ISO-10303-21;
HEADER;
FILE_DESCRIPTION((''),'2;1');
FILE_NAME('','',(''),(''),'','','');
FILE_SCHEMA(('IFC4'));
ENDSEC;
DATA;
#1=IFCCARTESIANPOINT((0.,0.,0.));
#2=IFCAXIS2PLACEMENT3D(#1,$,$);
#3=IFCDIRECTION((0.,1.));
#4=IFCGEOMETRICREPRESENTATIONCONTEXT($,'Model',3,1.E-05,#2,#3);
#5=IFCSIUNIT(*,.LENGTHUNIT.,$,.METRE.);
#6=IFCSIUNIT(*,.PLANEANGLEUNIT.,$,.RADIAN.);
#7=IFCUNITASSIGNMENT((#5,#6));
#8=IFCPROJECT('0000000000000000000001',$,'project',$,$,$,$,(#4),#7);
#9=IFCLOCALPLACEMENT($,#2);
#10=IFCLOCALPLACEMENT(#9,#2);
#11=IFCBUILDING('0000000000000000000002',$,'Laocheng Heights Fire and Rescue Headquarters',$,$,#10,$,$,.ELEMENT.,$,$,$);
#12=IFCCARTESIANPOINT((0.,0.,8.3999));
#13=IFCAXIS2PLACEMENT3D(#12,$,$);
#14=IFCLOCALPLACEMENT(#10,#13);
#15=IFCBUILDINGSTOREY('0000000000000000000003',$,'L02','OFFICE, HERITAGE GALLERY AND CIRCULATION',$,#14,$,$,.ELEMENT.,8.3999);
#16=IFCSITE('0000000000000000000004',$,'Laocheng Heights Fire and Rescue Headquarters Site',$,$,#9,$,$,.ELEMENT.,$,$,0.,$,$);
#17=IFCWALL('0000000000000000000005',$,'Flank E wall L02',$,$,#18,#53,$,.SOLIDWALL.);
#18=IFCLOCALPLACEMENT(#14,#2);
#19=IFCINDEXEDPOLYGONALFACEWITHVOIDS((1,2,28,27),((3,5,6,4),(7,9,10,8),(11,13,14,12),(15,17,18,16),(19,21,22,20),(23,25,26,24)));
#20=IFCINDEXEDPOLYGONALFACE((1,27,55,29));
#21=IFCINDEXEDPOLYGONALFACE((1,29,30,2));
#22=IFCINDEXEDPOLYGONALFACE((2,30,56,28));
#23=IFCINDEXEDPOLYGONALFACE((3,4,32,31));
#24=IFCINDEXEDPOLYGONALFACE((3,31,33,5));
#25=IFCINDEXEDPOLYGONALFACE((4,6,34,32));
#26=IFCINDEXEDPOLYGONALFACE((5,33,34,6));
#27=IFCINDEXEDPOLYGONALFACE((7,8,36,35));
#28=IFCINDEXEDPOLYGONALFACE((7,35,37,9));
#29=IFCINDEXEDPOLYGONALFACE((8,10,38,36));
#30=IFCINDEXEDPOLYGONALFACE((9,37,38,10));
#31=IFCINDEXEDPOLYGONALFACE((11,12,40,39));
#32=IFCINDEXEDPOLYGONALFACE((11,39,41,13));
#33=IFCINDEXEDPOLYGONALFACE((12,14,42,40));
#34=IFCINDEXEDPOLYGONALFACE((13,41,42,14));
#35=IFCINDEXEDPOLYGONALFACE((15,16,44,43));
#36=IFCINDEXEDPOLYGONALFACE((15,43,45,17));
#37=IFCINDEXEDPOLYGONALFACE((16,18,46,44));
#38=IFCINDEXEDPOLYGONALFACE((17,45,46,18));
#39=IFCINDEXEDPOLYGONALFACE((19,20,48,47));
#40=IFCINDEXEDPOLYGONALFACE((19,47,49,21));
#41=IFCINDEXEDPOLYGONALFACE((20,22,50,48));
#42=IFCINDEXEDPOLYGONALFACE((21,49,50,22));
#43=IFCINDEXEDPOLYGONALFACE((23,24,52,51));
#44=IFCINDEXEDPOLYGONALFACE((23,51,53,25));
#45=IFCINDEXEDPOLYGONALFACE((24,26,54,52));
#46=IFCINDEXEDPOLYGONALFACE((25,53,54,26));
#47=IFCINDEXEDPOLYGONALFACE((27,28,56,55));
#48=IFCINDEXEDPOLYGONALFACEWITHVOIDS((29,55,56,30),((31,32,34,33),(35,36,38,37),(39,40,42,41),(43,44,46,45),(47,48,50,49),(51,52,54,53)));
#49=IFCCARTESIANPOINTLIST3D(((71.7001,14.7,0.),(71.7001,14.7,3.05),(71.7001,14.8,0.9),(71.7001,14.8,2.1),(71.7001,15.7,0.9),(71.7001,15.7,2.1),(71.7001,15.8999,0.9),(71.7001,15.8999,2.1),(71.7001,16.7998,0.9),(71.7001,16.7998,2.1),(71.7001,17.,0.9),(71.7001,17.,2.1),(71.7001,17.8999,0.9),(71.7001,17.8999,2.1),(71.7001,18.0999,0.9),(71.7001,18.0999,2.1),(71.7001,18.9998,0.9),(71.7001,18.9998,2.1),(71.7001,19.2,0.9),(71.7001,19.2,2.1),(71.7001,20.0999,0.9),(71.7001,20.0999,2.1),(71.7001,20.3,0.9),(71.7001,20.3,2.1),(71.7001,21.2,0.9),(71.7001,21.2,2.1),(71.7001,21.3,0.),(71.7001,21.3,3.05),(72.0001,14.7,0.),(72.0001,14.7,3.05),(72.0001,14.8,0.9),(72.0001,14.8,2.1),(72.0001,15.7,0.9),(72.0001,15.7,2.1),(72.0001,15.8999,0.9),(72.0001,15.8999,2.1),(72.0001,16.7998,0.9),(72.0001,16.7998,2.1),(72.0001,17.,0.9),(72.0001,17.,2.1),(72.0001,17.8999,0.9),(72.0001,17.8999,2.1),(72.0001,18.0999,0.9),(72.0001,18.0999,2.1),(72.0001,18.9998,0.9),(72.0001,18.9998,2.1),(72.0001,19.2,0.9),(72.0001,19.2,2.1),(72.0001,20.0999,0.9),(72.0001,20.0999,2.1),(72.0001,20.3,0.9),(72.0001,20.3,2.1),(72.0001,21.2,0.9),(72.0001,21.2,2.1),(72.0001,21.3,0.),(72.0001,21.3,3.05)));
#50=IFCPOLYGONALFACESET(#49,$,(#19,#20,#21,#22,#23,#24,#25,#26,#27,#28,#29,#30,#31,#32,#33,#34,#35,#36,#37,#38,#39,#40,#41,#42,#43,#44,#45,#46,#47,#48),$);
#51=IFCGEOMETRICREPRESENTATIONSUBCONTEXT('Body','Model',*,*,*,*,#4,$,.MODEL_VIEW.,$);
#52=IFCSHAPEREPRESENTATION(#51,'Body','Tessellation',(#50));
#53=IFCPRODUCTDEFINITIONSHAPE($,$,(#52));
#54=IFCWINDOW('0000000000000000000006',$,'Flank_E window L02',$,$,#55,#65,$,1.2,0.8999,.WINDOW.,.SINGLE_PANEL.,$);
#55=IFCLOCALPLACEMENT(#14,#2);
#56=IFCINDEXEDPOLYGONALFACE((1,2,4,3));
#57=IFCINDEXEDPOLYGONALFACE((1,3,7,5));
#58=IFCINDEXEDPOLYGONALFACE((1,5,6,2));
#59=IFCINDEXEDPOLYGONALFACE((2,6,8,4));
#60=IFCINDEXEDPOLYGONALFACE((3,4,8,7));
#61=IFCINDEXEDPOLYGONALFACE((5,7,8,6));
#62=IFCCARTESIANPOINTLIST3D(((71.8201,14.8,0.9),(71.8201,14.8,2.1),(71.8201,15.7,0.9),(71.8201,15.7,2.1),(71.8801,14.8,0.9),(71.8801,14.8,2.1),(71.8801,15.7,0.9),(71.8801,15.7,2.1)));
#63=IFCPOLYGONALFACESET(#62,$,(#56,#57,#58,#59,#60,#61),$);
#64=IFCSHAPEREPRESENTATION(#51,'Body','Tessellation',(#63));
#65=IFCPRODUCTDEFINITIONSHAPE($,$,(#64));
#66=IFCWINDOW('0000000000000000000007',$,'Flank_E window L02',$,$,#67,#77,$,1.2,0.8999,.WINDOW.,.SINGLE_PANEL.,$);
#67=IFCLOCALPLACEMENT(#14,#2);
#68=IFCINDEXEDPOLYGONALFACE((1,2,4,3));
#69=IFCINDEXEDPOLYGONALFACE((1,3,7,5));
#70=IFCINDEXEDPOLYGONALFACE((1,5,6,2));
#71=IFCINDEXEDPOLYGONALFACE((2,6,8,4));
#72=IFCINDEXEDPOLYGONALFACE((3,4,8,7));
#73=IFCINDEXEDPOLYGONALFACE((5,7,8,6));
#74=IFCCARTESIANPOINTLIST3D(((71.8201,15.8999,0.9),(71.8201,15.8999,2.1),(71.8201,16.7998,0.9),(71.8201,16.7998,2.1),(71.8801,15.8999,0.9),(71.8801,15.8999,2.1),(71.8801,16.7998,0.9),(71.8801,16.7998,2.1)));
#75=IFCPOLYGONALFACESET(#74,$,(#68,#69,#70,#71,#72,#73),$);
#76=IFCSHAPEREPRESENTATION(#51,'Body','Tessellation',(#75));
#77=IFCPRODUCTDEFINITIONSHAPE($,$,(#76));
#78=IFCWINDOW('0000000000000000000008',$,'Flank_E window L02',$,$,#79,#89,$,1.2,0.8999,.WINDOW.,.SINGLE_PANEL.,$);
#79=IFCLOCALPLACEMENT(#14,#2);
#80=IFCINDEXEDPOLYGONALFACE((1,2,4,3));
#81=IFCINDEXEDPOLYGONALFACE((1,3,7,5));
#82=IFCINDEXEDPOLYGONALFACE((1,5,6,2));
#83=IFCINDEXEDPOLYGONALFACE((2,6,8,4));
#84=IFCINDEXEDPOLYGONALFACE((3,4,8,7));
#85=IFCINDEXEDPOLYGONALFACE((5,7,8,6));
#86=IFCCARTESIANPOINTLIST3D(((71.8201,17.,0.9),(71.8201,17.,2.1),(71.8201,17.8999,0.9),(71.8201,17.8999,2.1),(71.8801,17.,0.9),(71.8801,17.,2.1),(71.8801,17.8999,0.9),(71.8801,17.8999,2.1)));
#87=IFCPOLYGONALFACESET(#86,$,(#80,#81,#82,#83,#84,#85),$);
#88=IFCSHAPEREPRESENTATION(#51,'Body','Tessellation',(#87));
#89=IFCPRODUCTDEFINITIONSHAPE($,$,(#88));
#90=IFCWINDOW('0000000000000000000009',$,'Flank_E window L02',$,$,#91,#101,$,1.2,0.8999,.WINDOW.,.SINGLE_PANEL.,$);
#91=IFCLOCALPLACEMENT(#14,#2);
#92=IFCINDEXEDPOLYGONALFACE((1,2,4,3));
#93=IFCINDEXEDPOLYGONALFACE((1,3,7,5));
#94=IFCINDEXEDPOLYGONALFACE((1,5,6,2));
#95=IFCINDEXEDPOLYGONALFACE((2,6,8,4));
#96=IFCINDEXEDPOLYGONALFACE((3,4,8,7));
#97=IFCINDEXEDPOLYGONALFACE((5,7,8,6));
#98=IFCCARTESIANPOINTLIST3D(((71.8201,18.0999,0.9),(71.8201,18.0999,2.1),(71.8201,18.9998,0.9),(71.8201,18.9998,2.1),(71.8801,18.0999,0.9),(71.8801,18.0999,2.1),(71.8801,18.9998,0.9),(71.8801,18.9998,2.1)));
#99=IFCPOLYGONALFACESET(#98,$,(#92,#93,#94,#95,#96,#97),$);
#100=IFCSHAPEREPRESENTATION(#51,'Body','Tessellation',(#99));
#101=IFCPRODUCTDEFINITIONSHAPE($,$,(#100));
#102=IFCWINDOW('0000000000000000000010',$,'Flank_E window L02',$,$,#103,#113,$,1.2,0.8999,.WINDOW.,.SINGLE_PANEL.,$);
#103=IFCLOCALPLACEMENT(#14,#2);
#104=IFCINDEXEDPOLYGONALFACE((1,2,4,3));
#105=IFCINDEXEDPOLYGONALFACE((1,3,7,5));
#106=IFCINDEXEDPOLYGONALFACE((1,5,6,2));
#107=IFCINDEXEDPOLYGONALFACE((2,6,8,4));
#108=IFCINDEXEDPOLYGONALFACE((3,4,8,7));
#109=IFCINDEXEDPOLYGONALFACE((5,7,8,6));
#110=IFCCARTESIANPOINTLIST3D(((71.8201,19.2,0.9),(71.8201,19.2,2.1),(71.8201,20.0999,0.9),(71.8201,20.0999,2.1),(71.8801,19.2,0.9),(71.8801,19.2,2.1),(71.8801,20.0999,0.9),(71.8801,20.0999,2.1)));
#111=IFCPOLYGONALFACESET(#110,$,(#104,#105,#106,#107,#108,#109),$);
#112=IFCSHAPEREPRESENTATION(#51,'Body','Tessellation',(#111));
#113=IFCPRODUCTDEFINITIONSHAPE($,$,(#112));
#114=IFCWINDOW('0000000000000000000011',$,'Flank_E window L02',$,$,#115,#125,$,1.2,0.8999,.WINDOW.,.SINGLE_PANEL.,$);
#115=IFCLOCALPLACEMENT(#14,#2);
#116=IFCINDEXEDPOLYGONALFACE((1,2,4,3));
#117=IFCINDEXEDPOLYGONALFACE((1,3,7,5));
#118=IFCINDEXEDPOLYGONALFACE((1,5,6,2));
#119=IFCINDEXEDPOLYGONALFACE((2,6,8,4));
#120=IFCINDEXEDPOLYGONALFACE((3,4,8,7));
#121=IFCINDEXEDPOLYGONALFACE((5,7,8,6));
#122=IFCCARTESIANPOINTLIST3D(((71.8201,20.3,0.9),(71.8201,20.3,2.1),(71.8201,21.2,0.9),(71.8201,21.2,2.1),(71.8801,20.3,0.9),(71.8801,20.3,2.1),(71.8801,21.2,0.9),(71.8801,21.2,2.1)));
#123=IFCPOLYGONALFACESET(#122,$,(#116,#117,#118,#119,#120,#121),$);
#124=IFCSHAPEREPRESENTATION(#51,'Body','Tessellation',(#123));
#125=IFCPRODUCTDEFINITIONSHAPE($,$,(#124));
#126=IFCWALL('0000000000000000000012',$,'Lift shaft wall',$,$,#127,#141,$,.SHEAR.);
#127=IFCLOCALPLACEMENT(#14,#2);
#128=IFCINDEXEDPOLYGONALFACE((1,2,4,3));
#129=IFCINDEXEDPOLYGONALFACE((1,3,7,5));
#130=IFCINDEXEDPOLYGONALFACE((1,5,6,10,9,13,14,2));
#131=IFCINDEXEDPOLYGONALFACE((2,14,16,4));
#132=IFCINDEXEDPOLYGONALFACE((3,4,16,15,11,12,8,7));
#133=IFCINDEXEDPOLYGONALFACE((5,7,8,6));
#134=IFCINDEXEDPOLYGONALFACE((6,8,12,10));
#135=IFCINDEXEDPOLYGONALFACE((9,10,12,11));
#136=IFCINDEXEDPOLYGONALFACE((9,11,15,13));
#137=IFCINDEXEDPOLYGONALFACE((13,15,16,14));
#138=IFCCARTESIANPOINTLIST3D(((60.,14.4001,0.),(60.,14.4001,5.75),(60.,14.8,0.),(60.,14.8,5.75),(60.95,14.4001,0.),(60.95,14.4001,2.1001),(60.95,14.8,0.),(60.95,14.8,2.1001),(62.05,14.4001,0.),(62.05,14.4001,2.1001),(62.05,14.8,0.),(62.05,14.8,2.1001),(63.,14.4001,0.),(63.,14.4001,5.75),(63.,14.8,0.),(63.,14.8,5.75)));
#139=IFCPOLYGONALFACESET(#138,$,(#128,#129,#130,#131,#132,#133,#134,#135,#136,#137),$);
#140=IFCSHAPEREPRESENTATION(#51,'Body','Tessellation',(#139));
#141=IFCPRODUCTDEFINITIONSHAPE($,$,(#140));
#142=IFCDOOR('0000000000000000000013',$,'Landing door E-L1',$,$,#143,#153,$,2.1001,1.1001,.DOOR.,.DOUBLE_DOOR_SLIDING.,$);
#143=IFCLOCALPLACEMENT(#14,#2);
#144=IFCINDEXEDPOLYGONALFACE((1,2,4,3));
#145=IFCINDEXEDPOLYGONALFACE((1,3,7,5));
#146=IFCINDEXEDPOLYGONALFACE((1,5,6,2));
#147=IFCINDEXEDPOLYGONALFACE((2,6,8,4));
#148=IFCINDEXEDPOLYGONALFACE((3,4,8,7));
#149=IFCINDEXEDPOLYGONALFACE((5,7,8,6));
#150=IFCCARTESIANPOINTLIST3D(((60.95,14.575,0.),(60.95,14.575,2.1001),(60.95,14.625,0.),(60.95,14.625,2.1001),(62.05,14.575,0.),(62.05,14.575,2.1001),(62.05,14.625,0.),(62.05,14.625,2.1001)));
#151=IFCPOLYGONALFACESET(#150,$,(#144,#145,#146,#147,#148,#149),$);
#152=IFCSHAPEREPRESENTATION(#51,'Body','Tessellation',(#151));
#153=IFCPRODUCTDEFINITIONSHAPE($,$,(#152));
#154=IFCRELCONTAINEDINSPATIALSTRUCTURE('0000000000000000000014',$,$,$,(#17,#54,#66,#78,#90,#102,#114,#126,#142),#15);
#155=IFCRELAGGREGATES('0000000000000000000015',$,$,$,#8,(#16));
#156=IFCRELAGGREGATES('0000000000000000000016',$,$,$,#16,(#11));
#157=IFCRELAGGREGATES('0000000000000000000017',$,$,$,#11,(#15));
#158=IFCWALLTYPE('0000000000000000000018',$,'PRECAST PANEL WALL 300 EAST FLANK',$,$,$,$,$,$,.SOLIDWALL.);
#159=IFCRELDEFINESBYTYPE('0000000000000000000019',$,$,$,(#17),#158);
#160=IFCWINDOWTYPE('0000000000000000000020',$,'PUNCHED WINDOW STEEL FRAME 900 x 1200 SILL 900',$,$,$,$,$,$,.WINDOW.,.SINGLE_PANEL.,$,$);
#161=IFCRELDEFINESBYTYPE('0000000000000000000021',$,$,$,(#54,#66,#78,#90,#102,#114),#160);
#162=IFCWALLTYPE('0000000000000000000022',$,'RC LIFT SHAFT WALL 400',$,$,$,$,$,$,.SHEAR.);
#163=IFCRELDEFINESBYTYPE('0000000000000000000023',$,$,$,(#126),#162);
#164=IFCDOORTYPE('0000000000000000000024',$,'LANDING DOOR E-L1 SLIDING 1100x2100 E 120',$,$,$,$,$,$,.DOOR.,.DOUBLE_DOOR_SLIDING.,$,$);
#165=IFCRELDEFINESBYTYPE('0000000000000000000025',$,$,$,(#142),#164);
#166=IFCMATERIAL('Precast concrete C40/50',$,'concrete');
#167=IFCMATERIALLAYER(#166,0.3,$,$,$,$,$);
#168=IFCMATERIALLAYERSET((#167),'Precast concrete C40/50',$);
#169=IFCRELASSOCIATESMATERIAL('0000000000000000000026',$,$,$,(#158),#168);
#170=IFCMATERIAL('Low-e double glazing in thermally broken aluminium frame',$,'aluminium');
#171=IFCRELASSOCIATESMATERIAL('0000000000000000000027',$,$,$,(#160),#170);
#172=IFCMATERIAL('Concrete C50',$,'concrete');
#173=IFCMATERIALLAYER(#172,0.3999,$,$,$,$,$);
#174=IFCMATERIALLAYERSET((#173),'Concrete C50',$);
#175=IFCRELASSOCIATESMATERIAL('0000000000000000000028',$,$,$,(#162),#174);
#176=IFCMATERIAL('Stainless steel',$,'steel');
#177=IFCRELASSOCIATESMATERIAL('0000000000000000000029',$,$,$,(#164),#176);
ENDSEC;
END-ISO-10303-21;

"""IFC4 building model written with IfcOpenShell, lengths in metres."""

from ifc_helpers import new_model, si_unit, direction, frame, frame_2d, origin, place, context, subcontext, project, spatial, rectangle, extrude, material, layer, layer_set, type_object, element, fill, save


model = new_model("IFC4")

# Units and contexts
model_context = context("Model", 3, precision=1e-05, world=origin(), true_north=direction((0.0, 1.0)))
body_context = subcontext(model_context, "Body", "Model", "MODEL_VIEW")
ifc_project = project(units=[si_unit("LENGTHUNIT", "METRE"), si_unit("PLANEANGLEUNIT", "RADIAN")], contexts=[model_context])

# Site, building, storey
site_placement = place(None, origin())
site = spatial("IfcSite", under=ifc_project, at=site_placement, Name="Laocheng Heights Fire and Rescue Headquarters Site", CompositionType="ELEMENT", RefElevation=0.0)
building_placement = place(site_placement, origin())
building = spatial("IfcBuilding", under=site, at=building_placement, Name="Laocheng Heights Fire and Rescue Headquarters", CompositionType="ELEMENT")
storey_placement = place(building_placement, frame((0.0, 0.0, 8.3999)))
storey = spatial("IfcBuildingStorey", under=building, at=storey_placement, Name="L02", Description="OFFICE, HERITAGE GALLERY AND CIRCULATION", CompositionType="ELEMENT", Elevation=8.3999)

# Wall, openings, windows
ifc_material_1 = material(Name="Precast concrete C40/50", Category="concrete")
ifc_layer_1 = layer(ifc_material_1, 0.3)
ifc_layer_set_1 = layer_set([ifc_layer_1], Name="Precast concrete C40/50")
wall_type_1 = type_object("IfcWallType", Name="PRECAST PANEL WALL 300 EAST FLANK", PredefinedType="SOLIDWALL", material=ifc_layer_set_1)
wall_1_placement = place(storey_placement, frame((71.8501, 14.7, 0.0), z_axis=(0.0, 0.0, 1.0), x_axis=(0.0, 1.0, 0.0)))
wall_1 = element("IfcWall", 1, at=wall_1_placement, inside=storey, type_object=wall_type_1, Name="Flank E wall L02", PredefinedType="SOLIDWALL", context=body_context, shape_type="SweptSolid", body=[
    extrude(rectangle(XDim=6.6001, YDim=0.3, at=frame_2d((3.3, 0.0))), origin(), (0.0, 0.0, 1.0), 3.05),
])
opening_1_placement = place(wall_1_placement, frame((0.1001, 0.0, 0.8999)))
opening_1 = element("IfcOpeningElement", 2, at=opening_1_placement, cuts=wall_1, PredefinedType="OPENING", context=body_context, shape_type="SweptSolid", body=[
    extrude(rectangle(XDim=0.8999, YDim=1.2, at=frame_2d((0.45, 0.6001))), frame((0.0, 0.1599, 0.0), z_axis=(0.0, -1.0, 0.0), x_axis=(1.0, 0.0, 0.0)), (0.0, 0.0, 1.0), 0.3201),
])
opening_2_placement = place(wall_1_placement, frame((1.2, 0.0, 0.8999)))
opening_2 = element("IfcOpeningElement", 3, at=opening_2_placement, cuts=wall_1, PredefinedType="OPENING", context=body_context, shape_type="SweptSolid", body=[
    extrude(rectangle(XDim=0.8999, YDim=1.2, at=frame_2d((0.45, 0.6001))), frame((0.0, 0.1599, 0.0), z_axis=(0.0, -1.0, 0.0), x_axis=(1.0, 0.0, 0.0)), (0.0, 0.0, 1.0), 0.3201),
])
opening_3_placement = place(wall_1_placement, frame((2.3, 0.0, 0.8999)))
opening_3 = element("IfcOpeningElement", 4, at=opening_3_placement, cuts=wall_1, PredefinedType="OPENING", context=body_context, shape_type="SweptSolid", body=[
    extrude(rectangle(XDim=0.8999, YDim=1.2, at=frame_2d((0.45, 0.6001))), frame((0.0, 0.1599, 0.0), z_axis=(0.0, -1.0, 0.0), x_axis=(1.0, 0.0, 0.0)), (0.0, 0.0, 1.0), 0.3201),
])
opening_4_placement = place(wall_1_placement, frame((3.3999, 0.0, 0.8999)))
opening_4 = element("IfcOpeningElement", 5, at=opening_4_placement, cuts=wall_1, PredefinedType="OPENING", context=body_context, shape_type="SweptSolid", body=[
    extrude(rectangle(XDim=0.8999, YDim=1.2, at=frame_2d((0.45, 0.6001))), frame((0.0, 0.1599, 0.0), z_axis=(0.0, -1.0, 0.0), x_axis=(1.0, 0.0, 0.0)), (0.0, 0.0, 1.0), 0.3201),
])
opening_5_placement = place(wall_1_placement, frame((4.5, 0.0, 0.8999)))
opening_5 = element("IfcOpeningElement", 6, at=opening_5_placement, cuts=wall_1, PredefinedType="OPENING", context=body_context, shape_type="SweptSolid", body=[
    extrude(rectangle(XDim=0.8999, YDim=1.2, at=frame_2d((0.45, 0.6001))), frame((0.0, 0.1599, 0.0), z_axis=(0.0, -1.0, 0.0), x_axis=(1.0, 0.0, 0.0)), (0.0, 0.0, 1.0), 0.3201),
])
opening_6_placement = place(wall_1_placement, frame((5.6001, 0.0, 0.8999)))
opening_6 = element("IfcOpeningElement", 7, at=opening_6_placement, cuts=wall_1, PredefinedType="OPENING", context=body_context, shape_type="SweptSolid", body=[
    extrude(rectangle(XDim=0.8999, YDim=1.2, at=frame_2d((0.45, 0.6001))), frame((0.0, 0.1599, 0.0), z_axis=(0.0, -1.0, 0.0), x_axis=(1.0, 0.0, 0.0)), (0.0, 0.0, 1.0), 0.3201),
])
ifc_material_2 = material(Name="Low-e double glazing in thermally broken aluminium frame", Category="aluminium")
window_type = type_object("IfcWindowType", Name="PUNCHED WINDOW STEEL FRAME 900 x 1200 SILL 900", PartitioningType="SINGLE_PANEL", PredefinedType="WINDOW", material=ifc_material_2)
window_1_placement = place(opening_1_placement, origin())
window_1 = element("IfcWindow", 8, at=window_1_placement, inside=storey, type_object=window_type, Name="Flank_E window L02", OverallHeight=1.2, OverallWidth=0.8999, PartitioningType="SINGLE_PANEL", PredefinedType="WINDOW", context=body_context, shape_type="SweptSolid", body=[
    extrude(rectangle(XDim=0.8999, YDim=1.2, at=frame_2d((0.45, 0.6001))), frame((0.0, 0.03, 0.0), z_axis=(0.0, -1.0, 0.0), x_axis=(1.0, 0.0, 0.0)), (0.0, 0.0, 1.0), 0.0601),
])
fill(opening_1, window_1)
window_2_placement = place(opening_2_placement, origin())
window_2 = element("IfcWindow", 9, at=window_2_placement, inside=storey, type_object=window_type, Name="Flank_E window L02", OverallHeight=1.2, OverallWidth=0.8999, PartitioningType="SINGLE_PANEL", PredefinedType="WINDOW", context=body_context, shape_type="SweptSolid", body=[
    extrude(rectangle(XDim=0.8999, YDim=1.2, at=frame_2d((0.45, 0.6001))), frame((0.0, 0.03, 0.0), z_axis=(0.0, -1.0, 0.0), x_axis=(1.0, 0.0, 0.0)), (0.0, 0.0, 1.0), 0.0601),
])
fill(opening_2, window_2)
window_3_placement = place(opening_3_placement, origin())
window_3 = element("IfcWindow", 10, at=window_3_placement, inside=storey, type_object=window_type, Name="Flank_E window L02", OverallHeight=1.2, OverallWidth=0.8999, PartitioningType="SINGLE_PANEL", PredefinedType="WINDOW", context=body_context, shape_type="SweptSolid", body=[
    extrude(rectangle(XDim=0.8999, YDim=1.2, at=frame_2d((0.45, 0.6001))), frame((0.0, 0.03, 0.0), z_axis=(0.0, -1.0, 0.0), x_axis=(1.0, 0.0, 0.0)), (0.0, 0.0, 1.0), 0.0601),
])
fill(opening_3, window_3)
window_4_placement = place(opening_4_placement, origin())
window_4 = element("IfcWindow", 11, at=window_4_placement, inside=storey, type_object=window_type, Name="Flank_E window L02", OverallHeight=1.2, OverallWidth=0.8999, PartitioningType="SINGLE_PANEL", PredefinedType="WINDOW", context=body_context, shape_type="SweptSolid", body=[
    extrude(rectangle(XDim=0.8999, YDim=1.2, at=frame_2d((0.45, 0.6001))), frame((0.0, 0.03, 0.0), z_axis=(0.0, -1.0, 0.0), x_axis=(1.0, 0.0, 0.0)), (0.0, 0.0, 1.0), 0.0601),
])
fill(opening_4, window_4)
window_5_placement = place(opening_5_placement, origin())
window_5 = element("IfcWindow", 12, at=window_5_placement, inside=storey, type_object=window_type, Name="Flank_E window L02", OverallHeight=1.2, OverallWidth=0.8999, PartitioningType="SINGLE_PANEL", PredefinedType="WINDOW", context=body_context, shape_type="SweptSolid", body=[
    extrude(rectangle(XDim=0.8999, YDim=1.2, at=frame_2d((0.45, 0.6001))), frame((0.0, 0.03, 0.0), z_axis=(0.0, -1.0, 0.0), x_axis=(1.0, 0.0, 0.0)), (0.0, 0.0, 1.0), 0.0601),
])
fill(opening_5, window_5)
window_6_placement = place(opening_6_placement, origin())
window_6 = element("IfcWindow", 13, at=window_6_placement, inside=storey, type_object=window_type, Name="Flank_E window L02", OverallHeight=1.2, OverallWidth=0.8999, PartitioningType="SINGLE_PANEL", PredefinedType="WINDOW", context=body_context, shape_type="SweptSolid", body=[
    extrude(rectangle(XDim=0.8999, YDim=1.2, at=frame_2d((0.45, 0.6001))), frame((0.0, 0.03, 0.0), z_axis=(0.0, -1.0, 0.0), x_axis=(1.0, 0.0, 0.0)), (0.0, 0.0, 1.0), 0.0601),
])
fill(opening_6, window_6)

# Wall, opening, door
ifc_material_3 = material(Name="Concrete C50", Category="concrete")
ifc_layer_2 = layer(ifc_material_3, 0.3999)
ifc_layer_set_2 = layer_set([ifc_layer_2], Name="Concrete C50")
wall_type_2 = type_object("IfcWallType", Name="RC LIFT SHAFT WALL 400", PredefinedType="SHEAR", material=ifc_layer_set_2)
wall_2_placement = place(storey_placement, frame((60.0, 14.6001, 0.0), z_axis=(0.0, 0.0, 1.0), x_axis=(1.0, 0.0, 0.0)))
wall_2 = element("IfcWall", 14, at=wall_2_placement, inside=storey, type_object=wall_type_2, Name="Lift shaft wall", PredefinedType="SHEAR", context=body_context, shape_type="SweptSolid", body=[
    extrude(rectangle(XDim=3.0, YDim=0.3999, at=frame_2d((1.5, 0.0))), origin(), (0.0, 0.0, 1.0), 5.75),
])
opening_7_placement = place(wall_2_placement, frame((0.95, 0.0, 0.0)))
opening_7 = element("IfcOpeningElement", 15, at=opening_7_placement, cuts=wall_2, PredefinedType="OPENING", context=body_context, shape_type="SweptSolid", body=[
    extrude(rectangle(XDim=1.1001, YDim=2.1001, at=frame_2d((0.55, 1.05))), frame((0.0, 0.21, 0.0), z_axis=(0.0, -1.0, 0.0), x_axis=(1.0, 0.0, 0.0)), (0.0, 0.0, 1.0), 0.4199),
])
ifc_material_4 = material(Name="Stainless steel", Category="steel")
door_type_1 = type_object("IfcDoorType", Name="LANDING DOOR E-L1 SLIDING 1100x2100 E 120", OperationType="DOUBLE_DOOR_SLIDING", PredefinedType="DOOR", material=ifc_material_4)
door_1_placement = place(opening_7_placement, origin())
door_1 = element("IfcDoor", 16, at=door_1_placement, inside=storey, type_object=door_type_1, Name="Landing door E-L1", OperationType="DOUBLE_DOOR_SLIDING", OverallHeight=2.1001, OverallWidth=1.1001, PredefinedType="DOOR", context=body_context, shape_type="SweptSolid", body=[
    extrude(rectangle(XDim=1.1001, YDim=2.1001, at=frame_2d((0.55, 1.05))), frame((0.0, 0.0249, 0.0), z_axis=(0.0, -1.0, 0.0), x_axis=(1.0, 0.0, 0.0)), (0.0, 0.0, 1.0), 0.05),
])
fill(opening_7, door_1)

save(model, "model.ifc")
